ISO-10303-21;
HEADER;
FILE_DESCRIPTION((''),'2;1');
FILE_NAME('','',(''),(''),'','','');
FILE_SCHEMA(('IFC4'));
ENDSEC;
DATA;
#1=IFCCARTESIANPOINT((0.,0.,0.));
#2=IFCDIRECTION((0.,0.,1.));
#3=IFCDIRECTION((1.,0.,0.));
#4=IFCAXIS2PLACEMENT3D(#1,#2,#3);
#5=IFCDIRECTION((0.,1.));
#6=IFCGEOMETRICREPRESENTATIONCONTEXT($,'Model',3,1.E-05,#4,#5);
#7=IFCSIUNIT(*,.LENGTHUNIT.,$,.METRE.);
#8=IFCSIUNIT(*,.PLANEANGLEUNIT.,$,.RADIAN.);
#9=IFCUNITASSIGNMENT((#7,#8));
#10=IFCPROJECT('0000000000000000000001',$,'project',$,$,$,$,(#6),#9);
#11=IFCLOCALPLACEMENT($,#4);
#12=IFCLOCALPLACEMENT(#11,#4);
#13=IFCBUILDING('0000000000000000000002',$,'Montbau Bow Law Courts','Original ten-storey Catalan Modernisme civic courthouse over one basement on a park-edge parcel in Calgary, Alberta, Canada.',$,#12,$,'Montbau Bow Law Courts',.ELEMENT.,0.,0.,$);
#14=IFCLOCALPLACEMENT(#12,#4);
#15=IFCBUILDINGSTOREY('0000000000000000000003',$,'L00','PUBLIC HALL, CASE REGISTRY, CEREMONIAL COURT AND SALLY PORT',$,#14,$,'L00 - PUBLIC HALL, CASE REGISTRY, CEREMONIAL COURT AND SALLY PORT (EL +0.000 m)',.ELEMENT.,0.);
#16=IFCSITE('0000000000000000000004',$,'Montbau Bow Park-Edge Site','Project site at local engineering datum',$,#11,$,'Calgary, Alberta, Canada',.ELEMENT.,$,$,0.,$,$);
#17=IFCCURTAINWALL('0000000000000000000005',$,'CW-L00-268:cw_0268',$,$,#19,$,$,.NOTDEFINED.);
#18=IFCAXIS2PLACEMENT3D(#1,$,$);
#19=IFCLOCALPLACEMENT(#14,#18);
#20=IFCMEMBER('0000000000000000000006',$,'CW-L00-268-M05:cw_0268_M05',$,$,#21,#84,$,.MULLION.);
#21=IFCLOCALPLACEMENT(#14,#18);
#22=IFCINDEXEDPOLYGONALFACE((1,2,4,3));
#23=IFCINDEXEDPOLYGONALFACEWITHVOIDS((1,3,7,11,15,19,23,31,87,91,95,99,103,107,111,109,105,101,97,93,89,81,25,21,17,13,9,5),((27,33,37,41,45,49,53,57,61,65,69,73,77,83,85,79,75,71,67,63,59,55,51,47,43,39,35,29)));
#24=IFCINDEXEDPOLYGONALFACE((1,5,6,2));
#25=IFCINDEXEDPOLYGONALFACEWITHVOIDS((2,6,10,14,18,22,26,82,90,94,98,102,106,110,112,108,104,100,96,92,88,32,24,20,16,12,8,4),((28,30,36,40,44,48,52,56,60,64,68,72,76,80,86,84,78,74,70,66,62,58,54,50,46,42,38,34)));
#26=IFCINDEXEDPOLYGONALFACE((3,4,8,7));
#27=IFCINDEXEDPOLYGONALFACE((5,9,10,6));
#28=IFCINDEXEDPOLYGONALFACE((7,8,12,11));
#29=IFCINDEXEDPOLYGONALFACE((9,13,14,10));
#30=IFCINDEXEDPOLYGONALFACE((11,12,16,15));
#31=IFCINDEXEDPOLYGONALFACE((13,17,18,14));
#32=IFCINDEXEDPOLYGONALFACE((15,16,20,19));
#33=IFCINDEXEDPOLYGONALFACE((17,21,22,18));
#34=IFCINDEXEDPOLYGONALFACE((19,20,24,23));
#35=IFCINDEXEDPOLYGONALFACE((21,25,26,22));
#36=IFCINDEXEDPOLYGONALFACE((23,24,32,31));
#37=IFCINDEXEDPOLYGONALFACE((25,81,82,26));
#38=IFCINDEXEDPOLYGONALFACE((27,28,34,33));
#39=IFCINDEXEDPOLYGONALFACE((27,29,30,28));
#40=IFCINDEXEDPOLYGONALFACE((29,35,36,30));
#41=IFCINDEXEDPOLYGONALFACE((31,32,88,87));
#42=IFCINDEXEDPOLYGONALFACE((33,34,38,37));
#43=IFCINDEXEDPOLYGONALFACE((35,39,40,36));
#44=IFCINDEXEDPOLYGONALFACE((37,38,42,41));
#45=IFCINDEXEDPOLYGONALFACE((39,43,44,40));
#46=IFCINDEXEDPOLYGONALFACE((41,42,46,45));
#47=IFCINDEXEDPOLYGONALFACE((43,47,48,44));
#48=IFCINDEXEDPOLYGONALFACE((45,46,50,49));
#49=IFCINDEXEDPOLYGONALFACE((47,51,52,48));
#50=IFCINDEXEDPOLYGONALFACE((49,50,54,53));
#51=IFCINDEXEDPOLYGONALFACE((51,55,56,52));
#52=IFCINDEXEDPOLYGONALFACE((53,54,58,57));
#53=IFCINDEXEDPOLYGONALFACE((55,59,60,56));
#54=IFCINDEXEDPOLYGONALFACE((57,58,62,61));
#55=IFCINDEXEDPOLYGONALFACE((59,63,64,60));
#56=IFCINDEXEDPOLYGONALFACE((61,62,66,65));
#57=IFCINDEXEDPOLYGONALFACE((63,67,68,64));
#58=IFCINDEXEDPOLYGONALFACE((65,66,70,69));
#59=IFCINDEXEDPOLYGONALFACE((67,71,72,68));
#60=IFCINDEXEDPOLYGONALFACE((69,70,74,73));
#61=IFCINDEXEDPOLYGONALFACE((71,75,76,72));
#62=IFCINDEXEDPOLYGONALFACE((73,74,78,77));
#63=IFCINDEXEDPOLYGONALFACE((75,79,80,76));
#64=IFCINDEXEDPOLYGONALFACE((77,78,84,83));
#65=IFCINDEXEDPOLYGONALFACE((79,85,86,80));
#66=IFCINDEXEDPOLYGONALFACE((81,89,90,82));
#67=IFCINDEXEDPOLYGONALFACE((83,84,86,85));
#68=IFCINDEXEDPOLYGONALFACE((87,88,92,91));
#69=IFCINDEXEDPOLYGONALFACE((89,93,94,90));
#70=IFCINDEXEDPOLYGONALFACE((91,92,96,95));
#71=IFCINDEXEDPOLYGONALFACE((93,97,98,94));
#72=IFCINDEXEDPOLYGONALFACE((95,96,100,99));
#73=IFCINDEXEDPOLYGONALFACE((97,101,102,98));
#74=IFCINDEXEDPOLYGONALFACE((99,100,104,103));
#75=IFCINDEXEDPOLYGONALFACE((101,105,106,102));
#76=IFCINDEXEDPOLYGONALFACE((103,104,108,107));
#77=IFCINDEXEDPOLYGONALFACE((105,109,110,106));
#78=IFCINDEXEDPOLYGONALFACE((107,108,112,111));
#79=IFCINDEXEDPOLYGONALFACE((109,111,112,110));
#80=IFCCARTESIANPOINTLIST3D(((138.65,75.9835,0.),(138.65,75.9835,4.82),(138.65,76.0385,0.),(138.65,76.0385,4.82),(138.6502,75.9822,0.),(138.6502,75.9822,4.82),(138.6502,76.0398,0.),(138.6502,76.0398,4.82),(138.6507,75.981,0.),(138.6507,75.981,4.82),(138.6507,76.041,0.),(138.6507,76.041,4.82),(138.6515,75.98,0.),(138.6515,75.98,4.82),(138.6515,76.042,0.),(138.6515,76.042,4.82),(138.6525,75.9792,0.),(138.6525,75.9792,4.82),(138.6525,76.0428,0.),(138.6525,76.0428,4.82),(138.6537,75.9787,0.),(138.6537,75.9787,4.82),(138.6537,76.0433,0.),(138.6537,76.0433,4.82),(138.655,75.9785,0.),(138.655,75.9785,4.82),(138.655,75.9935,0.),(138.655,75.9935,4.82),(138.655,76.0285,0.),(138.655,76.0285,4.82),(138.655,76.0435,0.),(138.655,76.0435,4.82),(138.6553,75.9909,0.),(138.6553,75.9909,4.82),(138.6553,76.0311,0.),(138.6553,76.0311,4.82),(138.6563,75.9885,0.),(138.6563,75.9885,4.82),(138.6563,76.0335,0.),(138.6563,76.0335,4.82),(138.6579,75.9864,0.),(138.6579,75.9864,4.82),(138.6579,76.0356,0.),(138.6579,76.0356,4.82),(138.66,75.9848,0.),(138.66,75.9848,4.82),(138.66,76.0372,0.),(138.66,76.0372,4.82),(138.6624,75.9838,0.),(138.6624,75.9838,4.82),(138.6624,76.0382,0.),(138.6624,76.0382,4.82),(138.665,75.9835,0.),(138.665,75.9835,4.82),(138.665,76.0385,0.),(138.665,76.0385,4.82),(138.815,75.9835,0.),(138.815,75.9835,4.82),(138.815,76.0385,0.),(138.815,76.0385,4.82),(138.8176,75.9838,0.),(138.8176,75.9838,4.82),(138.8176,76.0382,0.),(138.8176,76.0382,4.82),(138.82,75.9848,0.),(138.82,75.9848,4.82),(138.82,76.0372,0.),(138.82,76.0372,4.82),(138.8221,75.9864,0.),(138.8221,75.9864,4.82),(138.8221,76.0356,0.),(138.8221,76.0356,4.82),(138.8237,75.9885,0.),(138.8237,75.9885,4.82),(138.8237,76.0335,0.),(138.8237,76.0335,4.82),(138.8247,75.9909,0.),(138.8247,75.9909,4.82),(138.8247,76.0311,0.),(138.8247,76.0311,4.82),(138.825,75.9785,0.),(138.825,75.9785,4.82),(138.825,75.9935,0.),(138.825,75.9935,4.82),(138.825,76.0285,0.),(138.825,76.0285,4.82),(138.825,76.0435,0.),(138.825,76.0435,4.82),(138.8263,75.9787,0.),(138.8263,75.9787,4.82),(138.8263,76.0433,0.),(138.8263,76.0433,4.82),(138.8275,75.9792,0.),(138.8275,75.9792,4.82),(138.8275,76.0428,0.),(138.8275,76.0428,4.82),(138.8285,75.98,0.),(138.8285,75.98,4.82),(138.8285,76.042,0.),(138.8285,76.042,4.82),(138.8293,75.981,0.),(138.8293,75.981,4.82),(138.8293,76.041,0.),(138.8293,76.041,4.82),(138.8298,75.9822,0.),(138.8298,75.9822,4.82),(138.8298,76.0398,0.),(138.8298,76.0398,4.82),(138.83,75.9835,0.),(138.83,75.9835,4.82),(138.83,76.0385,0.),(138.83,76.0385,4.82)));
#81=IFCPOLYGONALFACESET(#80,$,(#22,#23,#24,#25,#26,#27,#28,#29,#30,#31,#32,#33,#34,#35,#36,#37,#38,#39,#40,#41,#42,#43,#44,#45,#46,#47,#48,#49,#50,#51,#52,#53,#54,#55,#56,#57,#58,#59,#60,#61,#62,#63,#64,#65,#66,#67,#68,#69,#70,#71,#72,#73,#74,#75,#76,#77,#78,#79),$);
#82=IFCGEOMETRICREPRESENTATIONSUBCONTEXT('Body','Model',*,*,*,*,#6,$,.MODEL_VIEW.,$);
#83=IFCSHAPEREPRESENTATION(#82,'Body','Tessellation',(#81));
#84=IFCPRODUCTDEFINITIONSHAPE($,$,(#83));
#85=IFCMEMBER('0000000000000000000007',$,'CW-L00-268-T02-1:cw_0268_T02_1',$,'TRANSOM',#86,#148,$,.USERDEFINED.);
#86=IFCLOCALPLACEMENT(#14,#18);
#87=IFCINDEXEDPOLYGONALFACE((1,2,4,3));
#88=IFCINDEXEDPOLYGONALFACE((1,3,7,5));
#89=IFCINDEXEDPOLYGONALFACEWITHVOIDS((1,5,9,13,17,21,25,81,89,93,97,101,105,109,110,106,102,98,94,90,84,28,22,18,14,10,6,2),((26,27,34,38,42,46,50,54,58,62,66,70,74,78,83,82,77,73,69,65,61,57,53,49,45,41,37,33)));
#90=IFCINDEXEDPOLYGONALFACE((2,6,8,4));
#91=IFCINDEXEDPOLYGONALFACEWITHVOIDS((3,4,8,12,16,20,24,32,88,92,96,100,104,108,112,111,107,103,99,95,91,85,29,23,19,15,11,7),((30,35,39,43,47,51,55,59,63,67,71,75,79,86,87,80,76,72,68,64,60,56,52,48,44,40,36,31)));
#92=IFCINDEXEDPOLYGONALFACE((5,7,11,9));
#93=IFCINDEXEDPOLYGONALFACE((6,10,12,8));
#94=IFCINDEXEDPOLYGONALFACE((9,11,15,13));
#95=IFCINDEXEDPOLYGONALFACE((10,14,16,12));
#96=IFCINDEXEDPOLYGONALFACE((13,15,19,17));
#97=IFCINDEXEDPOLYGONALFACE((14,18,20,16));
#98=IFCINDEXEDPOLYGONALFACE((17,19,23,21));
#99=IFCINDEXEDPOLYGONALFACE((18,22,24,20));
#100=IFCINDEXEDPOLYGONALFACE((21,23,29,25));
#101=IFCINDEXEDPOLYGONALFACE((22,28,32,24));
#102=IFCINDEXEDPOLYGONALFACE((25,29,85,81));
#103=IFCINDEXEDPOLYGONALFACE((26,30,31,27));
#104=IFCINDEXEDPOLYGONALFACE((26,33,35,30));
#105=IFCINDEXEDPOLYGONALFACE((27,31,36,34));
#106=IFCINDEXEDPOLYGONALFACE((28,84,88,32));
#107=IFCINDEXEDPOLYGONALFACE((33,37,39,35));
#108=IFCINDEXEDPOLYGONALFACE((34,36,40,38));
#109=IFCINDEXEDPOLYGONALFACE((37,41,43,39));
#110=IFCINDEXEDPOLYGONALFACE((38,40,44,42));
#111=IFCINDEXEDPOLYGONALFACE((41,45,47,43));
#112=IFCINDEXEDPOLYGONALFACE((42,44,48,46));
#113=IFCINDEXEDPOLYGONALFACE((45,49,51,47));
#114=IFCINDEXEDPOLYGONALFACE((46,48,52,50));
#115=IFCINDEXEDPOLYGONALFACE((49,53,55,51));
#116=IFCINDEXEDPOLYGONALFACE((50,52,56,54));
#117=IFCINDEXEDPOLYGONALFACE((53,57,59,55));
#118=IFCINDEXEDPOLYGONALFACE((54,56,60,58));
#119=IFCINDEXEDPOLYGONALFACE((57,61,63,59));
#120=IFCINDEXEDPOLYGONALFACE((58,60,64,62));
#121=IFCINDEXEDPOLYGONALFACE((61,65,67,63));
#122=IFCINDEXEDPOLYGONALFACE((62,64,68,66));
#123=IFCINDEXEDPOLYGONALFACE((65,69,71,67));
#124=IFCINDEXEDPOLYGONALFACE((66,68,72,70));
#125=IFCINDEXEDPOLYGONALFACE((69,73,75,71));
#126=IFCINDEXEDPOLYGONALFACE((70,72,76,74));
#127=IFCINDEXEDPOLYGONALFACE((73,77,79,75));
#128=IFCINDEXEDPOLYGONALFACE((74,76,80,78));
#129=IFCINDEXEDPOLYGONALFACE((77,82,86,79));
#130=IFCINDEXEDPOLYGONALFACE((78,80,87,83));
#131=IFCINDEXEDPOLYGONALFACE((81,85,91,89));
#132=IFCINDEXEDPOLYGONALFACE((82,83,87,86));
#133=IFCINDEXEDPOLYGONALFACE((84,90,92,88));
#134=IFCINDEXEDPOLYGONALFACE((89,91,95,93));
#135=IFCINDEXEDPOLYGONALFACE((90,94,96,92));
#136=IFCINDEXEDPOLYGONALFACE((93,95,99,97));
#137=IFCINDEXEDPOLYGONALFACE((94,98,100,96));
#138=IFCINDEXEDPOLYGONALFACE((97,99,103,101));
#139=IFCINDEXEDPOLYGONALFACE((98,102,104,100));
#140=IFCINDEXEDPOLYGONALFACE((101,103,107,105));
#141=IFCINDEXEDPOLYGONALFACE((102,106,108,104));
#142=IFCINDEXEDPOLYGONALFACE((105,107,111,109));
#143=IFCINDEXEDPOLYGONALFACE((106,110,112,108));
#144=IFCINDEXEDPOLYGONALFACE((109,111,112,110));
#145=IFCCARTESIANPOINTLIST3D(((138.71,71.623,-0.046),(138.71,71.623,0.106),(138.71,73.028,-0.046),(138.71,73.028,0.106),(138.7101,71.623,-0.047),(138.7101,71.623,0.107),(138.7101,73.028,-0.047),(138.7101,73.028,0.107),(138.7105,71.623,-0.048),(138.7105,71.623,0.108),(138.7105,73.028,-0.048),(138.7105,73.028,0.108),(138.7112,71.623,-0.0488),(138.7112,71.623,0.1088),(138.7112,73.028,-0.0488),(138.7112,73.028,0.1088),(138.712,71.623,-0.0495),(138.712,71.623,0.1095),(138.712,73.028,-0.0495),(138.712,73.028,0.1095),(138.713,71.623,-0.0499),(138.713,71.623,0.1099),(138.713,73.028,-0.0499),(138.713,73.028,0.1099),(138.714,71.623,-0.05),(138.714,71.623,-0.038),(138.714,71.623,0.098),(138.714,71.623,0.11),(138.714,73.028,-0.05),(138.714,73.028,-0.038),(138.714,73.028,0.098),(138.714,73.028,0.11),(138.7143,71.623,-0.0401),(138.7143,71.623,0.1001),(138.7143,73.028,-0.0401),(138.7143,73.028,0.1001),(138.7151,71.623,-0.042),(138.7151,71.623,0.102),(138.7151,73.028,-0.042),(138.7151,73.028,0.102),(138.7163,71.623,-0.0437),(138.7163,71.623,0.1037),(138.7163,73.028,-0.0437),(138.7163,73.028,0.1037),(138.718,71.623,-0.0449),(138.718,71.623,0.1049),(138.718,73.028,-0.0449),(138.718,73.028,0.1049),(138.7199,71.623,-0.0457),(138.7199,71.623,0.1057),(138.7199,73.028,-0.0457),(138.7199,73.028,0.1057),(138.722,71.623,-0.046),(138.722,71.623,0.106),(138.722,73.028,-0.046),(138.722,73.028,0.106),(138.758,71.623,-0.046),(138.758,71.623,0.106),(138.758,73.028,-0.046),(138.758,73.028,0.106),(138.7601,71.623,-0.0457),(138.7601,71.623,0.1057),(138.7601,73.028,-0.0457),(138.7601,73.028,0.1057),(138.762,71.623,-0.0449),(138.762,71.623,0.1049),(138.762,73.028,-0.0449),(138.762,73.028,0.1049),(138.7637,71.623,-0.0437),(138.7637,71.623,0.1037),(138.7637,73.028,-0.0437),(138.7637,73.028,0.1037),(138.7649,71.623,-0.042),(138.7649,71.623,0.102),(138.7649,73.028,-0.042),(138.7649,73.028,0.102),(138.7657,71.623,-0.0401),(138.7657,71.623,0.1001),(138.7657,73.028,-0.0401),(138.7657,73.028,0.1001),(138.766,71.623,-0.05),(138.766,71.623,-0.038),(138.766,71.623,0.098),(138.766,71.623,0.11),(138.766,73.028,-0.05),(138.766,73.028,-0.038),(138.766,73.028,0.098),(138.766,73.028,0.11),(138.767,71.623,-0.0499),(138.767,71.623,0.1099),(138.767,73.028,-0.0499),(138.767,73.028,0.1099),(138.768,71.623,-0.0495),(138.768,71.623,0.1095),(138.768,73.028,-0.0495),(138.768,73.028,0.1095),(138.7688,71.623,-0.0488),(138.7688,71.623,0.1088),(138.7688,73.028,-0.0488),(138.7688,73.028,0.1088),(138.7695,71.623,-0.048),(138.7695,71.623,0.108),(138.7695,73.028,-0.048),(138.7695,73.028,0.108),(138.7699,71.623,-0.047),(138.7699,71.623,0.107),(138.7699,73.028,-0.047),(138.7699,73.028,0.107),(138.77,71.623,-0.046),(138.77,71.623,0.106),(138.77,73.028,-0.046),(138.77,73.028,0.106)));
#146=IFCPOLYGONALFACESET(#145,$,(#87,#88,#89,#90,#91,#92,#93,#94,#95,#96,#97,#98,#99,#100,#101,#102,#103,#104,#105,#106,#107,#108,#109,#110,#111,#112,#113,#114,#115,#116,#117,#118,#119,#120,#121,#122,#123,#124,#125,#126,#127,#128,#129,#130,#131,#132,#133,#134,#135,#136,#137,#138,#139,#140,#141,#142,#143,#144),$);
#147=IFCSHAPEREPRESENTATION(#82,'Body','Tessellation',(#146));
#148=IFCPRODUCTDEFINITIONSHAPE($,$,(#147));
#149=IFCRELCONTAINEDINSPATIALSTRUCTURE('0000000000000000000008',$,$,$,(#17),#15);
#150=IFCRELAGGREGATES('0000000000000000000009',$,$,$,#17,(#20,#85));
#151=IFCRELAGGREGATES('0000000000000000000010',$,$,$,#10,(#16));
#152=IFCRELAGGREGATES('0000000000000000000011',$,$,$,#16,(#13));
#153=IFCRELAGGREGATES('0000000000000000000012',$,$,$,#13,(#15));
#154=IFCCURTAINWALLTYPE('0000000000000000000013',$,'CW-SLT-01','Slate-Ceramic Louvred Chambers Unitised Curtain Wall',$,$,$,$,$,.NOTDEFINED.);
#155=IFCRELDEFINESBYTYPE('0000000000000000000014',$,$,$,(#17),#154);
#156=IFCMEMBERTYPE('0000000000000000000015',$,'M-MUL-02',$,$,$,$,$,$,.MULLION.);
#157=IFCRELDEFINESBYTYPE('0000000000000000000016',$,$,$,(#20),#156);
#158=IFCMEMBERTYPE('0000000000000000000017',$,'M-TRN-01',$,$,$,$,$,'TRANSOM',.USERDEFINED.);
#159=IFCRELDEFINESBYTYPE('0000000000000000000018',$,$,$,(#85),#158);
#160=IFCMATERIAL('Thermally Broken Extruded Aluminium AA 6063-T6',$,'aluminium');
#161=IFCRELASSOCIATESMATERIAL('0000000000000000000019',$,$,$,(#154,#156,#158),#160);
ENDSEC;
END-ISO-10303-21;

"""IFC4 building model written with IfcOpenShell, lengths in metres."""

from ifc_helpers import new_model, si_unit, direction, frame, origin_with_axes, origin_2d_with_axis, place, context, subcontext, project, spatial, hollow_rectangle, extrude, material, material_profile, profile_set, type_object, element, aggregate, save


model = new_model("IFC4")

# Units and contexts
model_context = context("Model", 3, precision=1e-05, world=origin_with_axes(), true_north=direction((0.0, 1.0)))
body_context = subcontext(model_context, "Body", "Model", "MODEL_VIEW")
ifc_project = project(units=[si_unit("LENGTHUNIT", "METRE"), si_unit("PLANEANGLEUNIT", "RADIAN")], contexts=[model_context])

# Site, building, storey
site_placement = place(None, origin_with_axes())
site = spatial("IfcSite", under=ifc_project, at=site_placement, Name="Montbau Bow Park-Edge Site", Description="Project site at local engineering datum", LongName="Calgary, Alberta, Canada", CompositionType="ELEMENT", RefElevation=0.0)
building_placement = place(site_placement, origin_with_axes())
building = spatial("IfcBuilding", under=site, at=building_placement, Name="Montbau Bow Law Courts", Description="Original ten-storey Catalan Modernisme civic courthouse over one basement on a park-edge parcel in Calgary, Alberta, Canada.", LongName="Montbau Bow Law Courts", CompositionType="ELEMENT", ElevationOfRefHeight=0.0, ElevationOfTerrain=0.0)
storey_placement = place(building_placement, origin_with_axes())
storey = spatial("IfcBuildingStorey", under=building, at=storey_placement, Name="L00", Description="PUBLIC HALL, CASE REGISTRY, CEREMONIAL COURT AND SALLY PORT", LongName="L00 - PUBLIC HALL, CASE REGISTRY, CEREMONIAL COURT AND SALLY PORT (EL +0.000 m)", CompositionType="ELEMENT", Elevation=0.0)

# Curtain wall, members
ifc_material_1 = material(Name="Thermally Broken Extruded Aluminium AA 6063-T6", Category="aluminium")
curtain_wall_type = type_object("IfcCurtainWallType", Name="CW-SLT-01", Description="Slate-Ceramic Louvred Chambers Unitised Curtain Wall", PredefinedType="NOTDEFINED", material=ifc_material_1)
curtain_wall_placement = place(None, frame((138.74, 70.115, 0.0), z_axis=(0.0, 0.0, 1.0), x_axis=(1.0, 0.0, 0.0)))
curtain_wall = element("IfcCurtainWall", 1, at=curtain_wall_placement, inside=storey, type_object=curtain_wall_type, Name="CW-L00-268:cw_0268", PredefinedType="NOTDEFINED")
ifc_material_profile_1 = material_profile(ifc_material_1, hollow_rectangle(XDim=0.065, YDim=0.18, WallThickness=0.005, InnerFilletRadius=0.01, OuterFilletRadius=0.005, at=origin_2d_with_axis()), Name="CWM-180X65", Category="Main", Priority=0)
ifc_profile_set_1 = profile_set([ifc_material_profile_1], Name="Thermally Broken Extruded Aluminium AA 6063-T6")
member_type_1 = type_object("IfcMemberType", Name="M-MUL-02", PredefinedType="MULLION", material=ifc_profile_set_1)
member_1_placement = place(None, frame((138.74, 76.011, 0.0), z_axis=(0.0, 0.0, 1.0), x_axis=(0.0, 1.0, 0.0)))
member_1 = element("IfcMember", 2, at=member_1_placement, type_object=member_type_1, Name="CW-L00-268-M05:cw_0268_M05", PredefinedType="MULLION", context=body_context, shape_type="SweptSolid", body=[
    extrude(hollow_rectangle(XDim=0.065, YDim=0.18, WallThickness=0.005, InnerFilletRadius=0.01, OuterFilletRadius=0.005, at=origin_2d_with_axis()), origin_with_axes(), (0.0, 0.0, 1.0), 4.82),
])
ifc_material_profile_2 = material_profile(ifc_material_1, hollow_rectangle(XDim=0.06, YDim=0.16, WallThickness=0.004, InnerFilletRadius=0.008, OuterFilletRadius=0.004, at=origin_2d_with_axis()), Name="CWT-160X60", Category="Main", Priority=0)
ifc_profile_set_2 = profile_set([ifc_material_profile_2], Name="Thermally Broken Extruded Aluminium AA 6063-T6")
member_type_2 = type_object("IfcMemberType", Name="M-TRN-01", ElementType="TRANSOM", PredefinedType="USERDEFINED", material=ifc_profile_set_2)
member_2_placement = place(None, frame((138.74, 71.623, 0.03), z_axis=(0.0, 1.0, 0.0), x_axis=(-1.0, 0.0, 0.0)))
member_2 = element("IfcMember", 3, at=member_2_placement, type_object=member_type_2, Name="CW-L00-268-T02-1:cw_0268_T02_1", ObjectType="TRANSOM", PredefinedType="USERDEFINED", context=body_context, shape_type="SweptSolid", body=[
    extrude(hollow_rectangle(XDim=0.06, YDim=0.16, WallThickness=0.004, InnerFilletRadius=0.008, OuterFilletRadius=0.004, at=origin_2d_with_axis()), origin_with_axes(), (0.0, 0.0, 1.0), 1.405),
])
aggregate(curtain_wall, [member_1, member_2])

save(model, "model.ifc")
